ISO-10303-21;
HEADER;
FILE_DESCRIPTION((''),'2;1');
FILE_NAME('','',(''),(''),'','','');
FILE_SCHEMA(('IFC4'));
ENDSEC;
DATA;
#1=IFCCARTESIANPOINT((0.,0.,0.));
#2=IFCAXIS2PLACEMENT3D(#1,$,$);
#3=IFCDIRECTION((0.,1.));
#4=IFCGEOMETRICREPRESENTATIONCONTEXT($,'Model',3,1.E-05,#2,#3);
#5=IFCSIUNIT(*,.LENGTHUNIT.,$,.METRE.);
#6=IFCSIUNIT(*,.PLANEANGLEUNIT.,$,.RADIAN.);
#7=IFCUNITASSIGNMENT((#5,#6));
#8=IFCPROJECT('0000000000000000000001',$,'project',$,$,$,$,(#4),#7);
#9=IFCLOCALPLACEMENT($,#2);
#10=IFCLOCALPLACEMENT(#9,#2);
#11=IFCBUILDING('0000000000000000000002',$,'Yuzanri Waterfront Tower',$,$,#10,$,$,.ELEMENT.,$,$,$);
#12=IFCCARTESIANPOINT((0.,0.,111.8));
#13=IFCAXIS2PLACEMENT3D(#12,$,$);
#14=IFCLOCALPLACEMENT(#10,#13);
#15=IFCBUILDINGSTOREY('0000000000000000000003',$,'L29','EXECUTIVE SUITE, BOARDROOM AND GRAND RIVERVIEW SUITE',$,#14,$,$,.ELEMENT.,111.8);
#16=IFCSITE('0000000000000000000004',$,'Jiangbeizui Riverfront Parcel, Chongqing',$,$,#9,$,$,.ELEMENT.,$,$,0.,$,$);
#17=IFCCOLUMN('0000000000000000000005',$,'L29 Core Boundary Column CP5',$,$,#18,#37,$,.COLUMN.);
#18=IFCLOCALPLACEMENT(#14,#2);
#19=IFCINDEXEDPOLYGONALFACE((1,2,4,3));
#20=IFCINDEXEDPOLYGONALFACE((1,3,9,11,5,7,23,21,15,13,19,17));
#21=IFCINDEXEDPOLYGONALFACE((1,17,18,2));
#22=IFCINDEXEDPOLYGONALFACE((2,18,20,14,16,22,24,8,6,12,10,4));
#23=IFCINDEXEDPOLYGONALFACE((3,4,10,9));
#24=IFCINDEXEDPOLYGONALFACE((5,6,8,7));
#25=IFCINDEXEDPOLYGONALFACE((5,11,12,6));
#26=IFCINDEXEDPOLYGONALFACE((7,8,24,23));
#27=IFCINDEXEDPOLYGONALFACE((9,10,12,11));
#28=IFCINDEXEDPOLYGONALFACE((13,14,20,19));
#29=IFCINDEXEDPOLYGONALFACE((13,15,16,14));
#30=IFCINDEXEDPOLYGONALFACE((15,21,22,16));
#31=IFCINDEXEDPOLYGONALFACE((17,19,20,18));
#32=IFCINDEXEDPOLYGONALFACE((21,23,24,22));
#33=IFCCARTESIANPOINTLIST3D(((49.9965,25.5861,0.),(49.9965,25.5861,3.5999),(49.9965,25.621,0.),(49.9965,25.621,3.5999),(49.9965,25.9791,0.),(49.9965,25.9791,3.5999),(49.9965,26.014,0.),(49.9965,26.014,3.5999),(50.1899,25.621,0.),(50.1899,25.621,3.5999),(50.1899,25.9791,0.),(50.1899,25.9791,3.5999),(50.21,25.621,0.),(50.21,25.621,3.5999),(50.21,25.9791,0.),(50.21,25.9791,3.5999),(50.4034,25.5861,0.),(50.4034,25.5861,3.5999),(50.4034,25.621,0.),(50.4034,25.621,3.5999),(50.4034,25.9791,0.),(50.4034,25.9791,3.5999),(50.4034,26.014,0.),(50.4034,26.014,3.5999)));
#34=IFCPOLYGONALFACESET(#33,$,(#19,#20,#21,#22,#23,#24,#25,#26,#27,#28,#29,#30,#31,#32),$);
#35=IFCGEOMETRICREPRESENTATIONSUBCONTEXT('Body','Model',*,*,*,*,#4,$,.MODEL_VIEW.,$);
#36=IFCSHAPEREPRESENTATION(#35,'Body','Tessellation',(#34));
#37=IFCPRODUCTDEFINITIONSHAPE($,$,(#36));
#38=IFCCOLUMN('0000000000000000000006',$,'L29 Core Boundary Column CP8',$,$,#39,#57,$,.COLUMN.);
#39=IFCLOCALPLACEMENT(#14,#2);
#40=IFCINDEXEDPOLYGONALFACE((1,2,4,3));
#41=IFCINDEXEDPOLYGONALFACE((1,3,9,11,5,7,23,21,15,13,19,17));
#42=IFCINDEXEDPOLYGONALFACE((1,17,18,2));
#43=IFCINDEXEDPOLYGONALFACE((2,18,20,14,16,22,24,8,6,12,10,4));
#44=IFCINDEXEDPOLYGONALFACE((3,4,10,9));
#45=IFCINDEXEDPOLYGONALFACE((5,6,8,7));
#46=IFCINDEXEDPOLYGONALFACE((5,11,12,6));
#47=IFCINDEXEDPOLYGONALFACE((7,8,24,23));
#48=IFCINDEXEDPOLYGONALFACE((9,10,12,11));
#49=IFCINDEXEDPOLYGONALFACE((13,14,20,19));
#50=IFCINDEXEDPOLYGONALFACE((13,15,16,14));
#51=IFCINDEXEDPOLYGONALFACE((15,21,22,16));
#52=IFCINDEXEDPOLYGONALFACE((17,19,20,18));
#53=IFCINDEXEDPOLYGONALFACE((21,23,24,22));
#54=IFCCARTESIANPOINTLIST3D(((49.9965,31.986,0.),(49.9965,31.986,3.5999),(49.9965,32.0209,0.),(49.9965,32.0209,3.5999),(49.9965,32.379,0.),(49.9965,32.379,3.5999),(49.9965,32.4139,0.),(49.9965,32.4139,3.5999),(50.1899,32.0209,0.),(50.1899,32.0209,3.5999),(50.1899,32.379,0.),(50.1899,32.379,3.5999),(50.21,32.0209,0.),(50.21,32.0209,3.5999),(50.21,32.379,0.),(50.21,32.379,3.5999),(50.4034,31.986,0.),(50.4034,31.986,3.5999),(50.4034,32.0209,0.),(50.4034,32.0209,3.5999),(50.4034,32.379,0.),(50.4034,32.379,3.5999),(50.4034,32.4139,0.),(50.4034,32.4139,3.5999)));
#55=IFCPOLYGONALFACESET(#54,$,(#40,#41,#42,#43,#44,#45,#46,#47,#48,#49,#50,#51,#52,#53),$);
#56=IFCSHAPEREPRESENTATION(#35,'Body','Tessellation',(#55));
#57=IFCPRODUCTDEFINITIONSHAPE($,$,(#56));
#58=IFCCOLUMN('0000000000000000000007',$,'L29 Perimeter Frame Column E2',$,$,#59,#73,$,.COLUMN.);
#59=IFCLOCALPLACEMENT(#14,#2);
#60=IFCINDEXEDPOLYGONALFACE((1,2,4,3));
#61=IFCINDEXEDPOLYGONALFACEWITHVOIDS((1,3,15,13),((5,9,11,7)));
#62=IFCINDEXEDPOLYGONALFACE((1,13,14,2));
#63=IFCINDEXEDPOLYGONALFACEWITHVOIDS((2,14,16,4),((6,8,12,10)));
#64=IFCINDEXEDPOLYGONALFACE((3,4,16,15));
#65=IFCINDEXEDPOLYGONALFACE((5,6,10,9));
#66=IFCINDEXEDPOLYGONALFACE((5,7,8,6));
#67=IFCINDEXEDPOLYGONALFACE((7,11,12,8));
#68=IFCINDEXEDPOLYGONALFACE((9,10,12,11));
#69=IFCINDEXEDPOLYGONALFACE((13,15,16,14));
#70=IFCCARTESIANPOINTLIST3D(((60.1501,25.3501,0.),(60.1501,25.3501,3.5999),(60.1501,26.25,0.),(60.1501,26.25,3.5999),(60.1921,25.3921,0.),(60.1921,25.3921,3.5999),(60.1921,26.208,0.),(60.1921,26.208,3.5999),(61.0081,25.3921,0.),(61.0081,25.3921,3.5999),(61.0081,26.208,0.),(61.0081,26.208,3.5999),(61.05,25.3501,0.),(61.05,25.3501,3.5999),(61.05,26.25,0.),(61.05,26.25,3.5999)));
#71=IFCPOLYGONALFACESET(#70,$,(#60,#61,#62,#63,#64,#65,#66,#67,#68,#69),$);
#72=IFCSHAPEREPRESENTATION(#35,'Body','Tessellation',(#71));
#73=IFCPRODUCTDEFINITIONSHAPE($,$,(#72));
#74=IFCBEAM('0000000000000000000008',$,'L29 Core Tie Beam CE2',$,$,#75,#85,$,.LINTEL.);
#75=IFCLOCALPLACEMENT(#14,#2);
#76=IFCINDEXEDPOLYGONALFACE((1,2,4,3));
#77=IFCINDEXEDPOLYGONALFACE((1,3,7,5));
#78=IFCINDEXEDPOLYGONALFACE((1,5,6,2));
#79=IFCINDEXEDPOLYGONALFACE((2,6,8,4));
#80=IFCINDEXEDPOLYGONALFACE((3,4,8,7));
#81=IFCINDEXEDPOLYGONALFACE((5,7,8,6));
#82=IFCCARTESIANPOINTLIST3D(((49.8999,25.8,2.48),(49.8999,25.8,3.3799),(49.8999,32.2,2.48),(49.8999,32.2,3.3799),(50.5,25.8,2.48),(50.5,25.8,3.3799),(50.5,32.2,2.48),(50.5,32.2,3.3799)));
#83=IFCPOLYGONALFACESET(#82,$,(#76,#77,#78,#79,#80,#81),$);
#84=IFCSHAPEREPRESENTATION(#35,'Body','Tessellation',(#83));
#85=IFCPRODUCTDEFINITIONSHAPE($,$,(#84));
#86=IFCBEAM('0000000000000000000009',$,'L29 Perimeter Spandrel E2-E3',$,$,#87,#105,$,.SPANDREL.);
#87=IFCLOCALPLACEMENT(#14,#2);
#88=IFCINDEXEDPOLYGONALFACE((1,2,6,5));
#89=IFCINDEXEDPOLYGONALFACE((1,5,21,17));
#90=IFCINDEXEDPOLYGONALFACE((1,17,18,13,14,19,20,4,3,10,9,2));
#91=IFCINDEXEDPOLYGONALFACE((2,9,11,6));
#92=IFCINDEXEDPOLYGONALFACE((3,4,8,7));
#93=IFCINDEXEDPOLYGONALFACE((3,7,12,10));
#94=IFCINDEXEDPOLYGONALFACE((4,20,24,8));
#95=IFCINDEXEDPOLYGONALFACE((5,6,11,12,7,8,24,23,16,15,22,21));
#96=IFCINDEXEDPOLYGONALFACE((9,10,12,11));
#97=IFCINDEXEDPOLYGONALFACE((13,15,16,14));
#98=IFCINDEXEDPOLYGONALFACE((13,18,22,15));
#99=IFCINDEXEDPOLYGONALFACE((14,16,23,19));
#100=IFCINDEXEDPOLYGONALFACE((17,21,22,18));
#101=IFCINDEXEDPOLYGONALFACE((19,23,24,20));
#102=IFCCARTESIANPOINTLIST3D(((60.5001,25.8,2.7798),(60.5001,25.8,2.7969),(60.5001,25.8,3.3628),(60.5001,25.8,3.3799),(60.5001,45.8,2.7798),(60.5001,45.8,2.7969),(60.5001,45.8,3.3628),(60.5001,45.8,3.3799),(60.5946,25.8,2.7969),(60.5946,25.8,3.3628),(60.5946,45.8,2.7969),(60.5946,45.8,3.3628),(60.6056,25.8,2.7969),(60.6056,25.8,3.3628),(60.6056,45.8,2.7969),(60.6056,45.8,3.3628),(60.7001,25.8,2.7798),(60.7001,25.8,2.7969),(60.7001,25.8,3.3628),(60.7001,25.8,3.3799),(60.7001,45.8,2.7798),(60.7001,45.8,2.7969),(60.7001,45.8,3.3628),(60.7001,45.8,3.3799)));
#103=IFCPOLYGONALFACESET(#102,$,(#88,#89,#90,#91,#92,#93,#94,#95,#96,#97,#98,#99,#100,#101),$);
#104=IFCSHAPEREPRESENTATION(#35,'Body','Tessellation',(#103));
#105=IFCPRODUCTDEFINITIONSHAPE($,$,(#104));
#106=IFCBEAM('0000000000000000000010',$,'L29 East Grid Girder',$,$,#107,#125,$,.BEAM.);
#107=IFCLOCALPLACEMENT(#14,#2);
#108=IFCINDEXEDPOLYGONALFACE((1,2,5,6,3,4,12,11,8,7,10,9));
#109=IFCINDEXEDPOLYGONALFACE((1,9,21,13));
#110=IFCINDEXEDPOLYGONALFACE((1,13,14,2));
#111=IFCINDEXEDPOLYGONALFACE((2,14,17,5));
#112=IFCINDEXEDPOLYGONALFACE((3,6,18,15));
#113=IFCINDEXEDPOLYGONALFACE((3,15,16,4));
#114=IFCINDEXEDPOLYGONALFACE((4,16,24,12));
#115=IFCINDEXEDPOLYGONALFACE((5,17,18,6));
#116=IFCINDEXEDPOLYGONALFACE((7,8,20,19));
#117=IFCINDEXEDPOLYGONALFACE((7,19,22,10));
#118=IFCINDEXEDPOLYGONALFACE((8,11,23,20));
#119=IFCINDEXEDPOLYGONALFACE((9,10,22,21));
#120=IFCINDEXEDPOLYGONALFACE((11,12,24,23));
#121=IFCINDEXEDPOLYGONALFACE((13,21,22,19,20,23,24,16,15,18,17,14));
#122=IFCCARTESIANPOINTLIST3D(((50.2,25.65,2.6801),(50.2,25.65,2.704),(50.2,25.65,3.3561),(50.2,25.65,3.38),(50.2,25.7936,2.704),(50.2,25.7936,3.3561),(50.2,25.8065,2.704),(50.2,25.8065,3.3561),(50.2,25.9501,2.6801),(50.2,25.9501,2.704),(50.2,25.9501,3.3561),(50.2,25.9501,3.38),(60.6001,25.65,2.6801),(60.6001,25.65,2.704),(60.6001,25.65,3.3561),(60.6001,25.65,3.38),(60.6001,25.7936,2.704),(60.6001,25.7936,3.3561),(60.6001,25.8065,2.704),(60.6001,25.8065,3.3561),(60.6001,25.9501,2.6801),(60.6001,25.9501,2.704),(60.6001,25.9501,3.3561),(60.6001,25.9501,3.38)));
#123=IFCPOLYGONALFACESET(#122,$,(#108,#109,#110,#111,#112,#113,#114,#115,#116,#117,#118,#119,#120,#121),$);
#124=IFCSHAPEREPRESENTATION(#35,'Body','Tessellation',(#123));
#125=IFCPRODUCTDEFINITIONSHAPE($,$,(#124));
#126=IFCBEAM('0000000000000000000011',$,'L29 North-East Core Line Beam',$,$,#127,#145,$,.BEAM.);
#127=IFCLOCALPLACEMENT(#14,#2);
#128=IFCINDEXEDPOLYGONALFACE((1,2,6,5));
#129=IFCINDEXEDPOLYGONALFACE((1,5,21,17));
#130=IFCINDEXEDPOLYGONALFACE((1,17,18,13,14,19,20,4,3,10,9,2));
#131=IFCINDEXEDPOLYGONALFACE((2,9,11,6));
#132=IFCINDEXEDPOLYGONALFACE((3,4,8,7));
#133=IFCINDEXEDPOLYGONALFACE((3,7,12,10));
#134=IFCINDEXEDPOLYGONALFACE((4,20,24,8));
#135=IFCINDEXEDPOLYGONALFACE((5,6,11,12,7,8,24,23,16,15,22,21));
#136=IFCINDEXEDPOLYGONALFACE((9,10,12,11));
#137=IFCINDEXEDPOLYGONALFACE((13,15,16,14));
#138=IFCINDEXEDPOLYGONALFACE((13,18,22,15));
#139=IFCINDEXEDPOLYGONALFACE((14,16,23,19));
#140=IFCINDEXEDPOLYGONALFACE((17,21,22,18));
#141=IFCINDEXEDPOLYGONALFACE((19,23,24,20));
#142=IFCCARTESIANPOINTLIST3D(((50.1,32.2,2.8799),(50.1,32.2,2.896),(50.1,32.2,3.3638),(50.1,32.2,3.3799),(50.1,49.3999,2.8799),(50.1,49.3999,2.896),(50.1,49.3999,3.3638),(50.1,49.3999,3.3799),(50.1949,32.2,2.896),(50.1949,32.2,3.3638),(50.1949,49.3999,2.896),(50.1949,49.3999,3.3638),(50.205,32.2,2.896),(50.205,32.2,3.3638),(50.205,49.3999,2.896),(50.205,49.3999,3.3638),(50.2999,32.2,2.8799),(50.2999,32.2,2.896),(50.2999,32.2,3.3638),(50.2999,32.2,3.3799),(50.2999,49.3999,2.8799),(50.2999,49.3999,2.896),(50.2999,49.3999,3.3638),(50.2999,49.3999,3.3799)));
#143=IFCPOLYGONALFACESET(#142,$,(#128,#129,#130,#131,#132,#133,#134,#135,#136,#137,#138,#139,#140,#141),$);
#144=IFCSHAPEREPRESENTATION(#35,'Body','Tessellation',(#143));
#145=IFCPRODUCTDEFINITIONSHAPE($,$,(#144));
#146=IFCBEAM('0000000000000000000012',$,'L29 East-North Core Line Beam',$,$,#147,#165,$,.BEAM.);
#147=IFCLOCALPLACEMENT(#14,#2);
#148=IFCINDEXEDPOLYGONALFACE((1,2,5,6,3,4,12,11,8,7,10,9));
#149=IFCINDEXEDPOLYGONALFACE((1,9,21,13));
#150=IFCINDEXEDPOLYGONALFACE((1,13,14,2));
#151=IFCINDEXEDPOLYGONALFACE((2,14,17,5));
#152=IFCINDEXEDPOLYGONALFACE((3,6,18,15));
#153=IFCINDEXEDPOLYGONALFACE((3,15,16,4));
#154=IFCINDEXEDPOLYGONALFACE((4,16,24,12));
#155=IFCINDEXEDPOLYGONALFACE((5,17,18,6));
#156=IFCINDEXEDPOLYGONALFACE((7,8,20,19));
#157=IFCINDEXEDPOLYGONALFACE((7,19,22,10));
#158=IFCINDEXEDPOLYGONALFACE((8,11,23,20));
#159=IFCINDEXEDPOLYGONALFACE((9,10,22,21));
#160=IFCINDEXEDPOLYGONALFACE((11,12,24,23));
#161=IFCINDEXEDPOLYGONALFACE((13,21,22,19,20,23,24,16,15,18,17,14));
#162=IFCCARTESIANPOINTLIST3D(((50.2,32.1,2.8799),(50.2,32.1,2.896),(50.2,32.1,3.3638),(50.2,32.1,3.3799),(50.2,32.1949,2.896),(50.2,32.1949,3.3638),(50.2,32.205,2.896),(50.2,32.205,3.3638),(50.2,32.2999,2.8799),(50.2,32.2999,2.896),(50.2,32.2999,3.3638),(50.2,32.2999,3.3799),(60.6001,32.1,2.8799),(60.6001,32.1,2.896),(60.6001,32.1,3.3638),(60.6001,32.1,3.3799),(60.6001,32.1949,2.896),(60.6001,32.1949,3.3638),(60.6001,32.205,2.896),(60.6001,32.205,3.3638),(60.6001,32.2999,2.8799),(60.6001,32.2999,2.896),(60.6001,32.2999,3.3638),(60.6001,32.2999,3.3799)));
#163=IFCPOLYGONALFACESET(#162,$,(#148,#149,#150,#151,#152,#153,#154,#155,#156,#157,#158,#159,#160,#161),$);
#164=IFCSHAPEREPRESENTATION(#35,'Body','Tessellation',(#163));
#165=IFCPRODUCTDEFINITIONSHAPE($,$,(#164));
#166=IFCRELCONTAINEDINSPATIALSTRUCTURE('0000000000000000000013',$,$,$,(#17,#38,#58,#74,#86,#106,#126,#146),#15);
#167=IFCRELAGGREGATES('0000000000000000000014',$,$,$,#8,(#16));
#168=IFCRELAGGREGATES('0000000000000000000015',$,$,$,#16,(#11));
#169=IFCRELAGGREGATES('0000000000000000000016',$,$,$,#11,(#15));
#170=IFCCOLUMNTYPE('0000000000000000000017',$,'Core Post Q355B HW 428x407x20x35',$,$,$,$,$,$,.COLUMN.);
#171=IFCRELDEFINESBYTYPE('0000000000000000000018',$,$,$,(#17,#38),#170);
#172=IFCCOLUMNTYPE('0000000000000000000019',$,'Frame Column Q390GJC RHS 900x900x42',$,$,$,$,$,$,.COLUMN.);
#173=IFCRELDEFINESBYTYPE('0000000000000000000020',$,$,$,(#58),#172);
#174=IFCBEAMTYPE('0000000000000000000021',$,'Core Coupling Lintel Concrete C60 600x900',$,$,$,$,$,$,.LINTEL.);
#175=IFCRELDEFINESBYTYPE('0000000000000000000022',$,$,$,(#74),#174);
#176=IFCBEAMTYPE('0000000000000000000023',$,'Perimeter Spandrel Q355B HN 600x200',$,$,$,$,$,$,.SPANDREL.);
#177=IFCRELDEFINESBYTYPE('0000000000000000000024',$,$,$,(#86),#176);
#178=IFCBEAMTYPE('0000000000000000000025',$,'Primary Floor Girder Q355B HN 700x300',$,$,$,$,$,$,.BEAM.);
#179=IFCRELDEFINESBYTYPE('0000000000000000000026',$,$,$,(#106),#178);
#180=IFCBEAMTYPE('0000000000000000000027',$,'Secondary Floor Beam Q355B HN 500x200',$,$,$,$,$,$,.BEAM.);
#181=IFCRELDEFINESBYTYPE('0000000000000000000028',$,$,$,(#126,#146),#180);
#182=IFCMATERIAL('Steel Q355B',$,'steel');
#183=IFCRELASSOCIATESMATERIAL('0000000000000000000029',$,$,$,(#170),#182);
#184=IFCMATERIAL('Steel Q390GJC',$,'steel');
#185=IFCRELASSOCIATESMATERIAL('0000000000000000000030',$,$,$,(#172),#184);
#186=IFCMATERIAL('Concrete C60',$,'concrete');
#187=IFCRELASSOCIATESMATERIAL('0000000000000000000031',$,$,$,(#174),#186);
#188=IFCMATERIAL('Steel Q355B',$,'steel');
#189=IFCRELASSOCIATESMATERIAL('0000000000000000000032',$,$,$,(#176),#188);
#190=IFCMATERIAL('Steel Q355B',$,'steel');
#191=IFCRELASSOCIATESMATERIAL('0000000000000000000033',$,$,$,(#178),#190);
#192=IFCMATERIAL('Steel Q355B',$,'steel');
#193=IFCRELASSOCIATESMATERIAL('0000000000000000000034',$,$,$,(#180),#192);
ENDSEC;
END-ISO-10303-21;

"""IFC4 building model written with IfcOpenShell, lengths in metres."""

from ifc_helpers import new_model, si_unit, direction, frame, origin, origin_2d, place, context, subcontext, project, spatial, rectangle, hollow_rectangle, i_section, extrude, source, transform, mapped, material, material_profile, profile_set, type_object, element, save


model = new_model("IFC4")

# Units and contexts
model_context = context("Model", 3, precision=1e-05, world=origin(), true_north=direction((0.0, 1.0)))
body_context = subcontext(model_context, "Body", "Model", "MODEL_VIEW")
ifc_project = project(units=[si_unit("LENGTHUNIT", "METRE"), si_unit("PLANEANGLEUNIT", "RADIAN")], contexts=[model_context])

# Site, building, storey
site_placement = place(None, origin())
site = spatial("IfcSite", under=ifc_project, at=site_placement, Name="Jiangbeizui Riverfront Parcel, Chongqing", CompositionType="ELEMENT", RefElevation=0.0)
building_placement = place(site_placement, origin())
building = spatial("IfcBuilding", under=site, at=building_placement, Name="Yuzanri Waterfront Tower", CompositionType="ELEMENT")
storey_placement = place(building_placement, frame((0.0, 0.0, 111.8)))
storey = spatial("IfcBuildingStorey", under=building, at=storey_placement, Name="L29", Description="EXECUTIVE SUITE, BOARDROOM AND GRAND RIVERVIEW SUITE", CompositionType="ELEMENT", Elevation=111.8)

# Columns
ifc_material_1 = material(Name="Steel Q355B", Category="steel")
ifc_material_profile_1 = material_profile(ifc_material_1, i_section(OverallWidth=0.407, OverallDepth=0.428, WebThickness=0.02, FlangeThickness=0.0349, at=origin_2d()), Name="HW 428x407x20x35")
ifc_profile_set_1 = profile_set([ifc_material_profile_1], Name="Steel Q355B")
column_type_1 = type_object("IfcColumnType", Name="Core Post Q355B HW 428x407x20x35", PredefinedType="COLUMN", material=ifc_profile_set_1)
shared_shape_1 = source(origin(), body_context, "Body", "SweptSolid", [
    extrude(i_section(OverallWidth=0.407, OverallDepth=0.428, WebThickness=0.02, FlangeThickness=0.0349, at=origin_2d()), origin(), (0.0, 0.0, 1.0), 3.5999),
])
for number, where, z_axis, x_axis, name in (
    (1, (50.2, 25.8, 0.0), (0.0, 0.0, 1.0), (1.0, 0.0, 0.0), "L29 Core Boundary Column CP5"),
    (2, (50.2, 32.2, 0.0), (0.0, 0.0, 1.0), (1.0, 0.0, 0.0), "L29 Core Boundary Column CP8"),
):
    element("IfcColumn", number, at=place(storey_placement, frame(where, z_axis=z_axis, x_axis=x_axis)), inside=storey, type_object=column_type_1, Name=name, PredefinedType="COLUMN", context=body_context, shape_type="MappedRepresentation", body=[
        mapped(shared_shape_1, transform((0.0, 0.0, 0.0), scale=1.0)),
    ])
ifc_material_2 = material(Name="Steel Q390GJC", Category="steel")
ifc_material_profile_2 = material_profile(ifc_material_2, hollow_rectangle(XDim=0.8999, YDim=0.8999, WallThickness=0.042, at=origin_2d()), Name="RHS 900x900x42")
ifc_profile_set_2 = profile_set([ifc_material_profile_2], Name="Steel Q390GJC")
column_type_2 = type_object("IfcColumnType", Name="Frame Column Q390GJC RHS 900x900x42", PredefinedType="COLUMN", material=ifc_profile_set_2)
shared_shape_2 = source(origin(), body_context, "Body", "SweptSolid", [
    extrude(hollow_rectangle(XDim=0.8999, YDim=0.8999, WallThickness=0.042, at=origin_2d()), origin(), (0.0, 0.0, 1.0), 3.5999),
])
column_placement = place(storey_placement, frame((60.6001, 25.8, 0.0), z_axis=(0.0, 0.0, 1.0), x_axis=(1.0, 0.0, 0.0)))
element("IfcColumn", 3, at=column_placement, inside=storey, type_object=column_type_2, Name="L29 Perimeter Frame Column E2", PredefinedType="COLUMN", context=body_context, shape_type="MappedRepresentation", body=[
    mapped(shared_shape_2, transform((0.0, 0.0, 0.0), scale=1.0)),
])

# Beams
ifc_material_3 = material(Name="Concrete C60", Category="concrete")
ifc_material_profile_3 = material_profile(ifc_material_3, rectangle(XDim=0.6001, YDim=0.8999, at=origin_2d()), Name="RC 600x900")
ifc_profile_set_3 = profile_set([ifc_material_profile_3], Name="Concrete C60")
beam_type_1 = type_object("IfcBeamType", Name="Core Coupling Lintel Concrete C60 600x900", PredefinedType="LINTEL", material=ifc_profile_set_3)
shared_shape_3 = source(origin(), body_context, "Body", "SweptSolid", [
    extrude(rectangle(XDim=0.6001, YDim=0.8999, at=origin_2d()), origin(), (0.0, 0.0, 1.0), 6.3999),
])
beam_1_placement = place(storey_placement, frame((50.2, 25.8, 2.9299), z_axis=(0.0, 1.0, 0.0), x_axis=(-1.0, 0.0, 0.0)))
element("IfcBeam", 4, at=beam_1_placement, inside=storey, type_object=beam_type_1, Name="L29 Core Tie Beam CE2", PredefinedType="LINTEL", context=body_context, shape_type="MappedRepresentation", body=[
    mapped(shared_shape_3, transform((0.0, 0.0, 0.0), scale=1.0)),
])
ifc_material_4 = material(Name="Steel Q355B", Category="steel")
ifc_material_profile_4 = material_profile(ifc_material_4, i_section(OverallWidth=0.2, OverallDepth=0.6001, WebThickness=0.011, FlangeThickness=0.0171, at=origin_2d()), Name="HN 600x200x11x17")
ifc_profile_set_4 = profile_set([ifc_material_profile_4], Name="Steel Q355B")
beam_type_2 = type_object("IfcBeamType", Name="Perimeter Spandrel Q355B HN 600x200", PredefinedType="SPANDREL", material=ifc_profile_set_4)
shared_shape_4 = source(origin(), body_context, "Body", "SweptSolid", [
    extrude(i_section(OverallWidth=0.2, OverallDepth=0.6001, WebThickness=0.011, FlangeThickness=0.0171, at=origin_2d()), origin(), (0.0, 0.0, 1.0), 20.0),
])
beam_2_placement = place(storey_placement, frame((60.6001, 25.8, 3.0798), z_axis=(0.0, 1.0, 0.0), x_axis=(-1.0, 0.0, 0.0)))
element("IfcBeam", 5, at=beam_2_placement, inside=storey, type_object=beam_type_2, Name="L29 Perimeter Spandrel E2-E3", PredefinedType="SPANDREL", context=body_context, shape_type="MappedRepresentation", body=[
    mapped(shared_shape_4, transform((0.0, 0.0, 0.0), scale=1.0)),
])
ifc_material_5 = material(Name="Steel Q355B", Category="steel")
ifc_material_profile_5 = material_profile(ifc_material_5, i_section(OverallWidth=0.3, OverallDepth=0.7, WebThickness=0.0129, FlangeThickness=0.0239, at=origin_2d()), Name="HN 700x300x13x24")
ifc_profile_set_5 = profile_set([ifc_material_profile_5], Name="Steel Q355B")
beam_type_3 = type_object("IfcBeamType", Name="Primary Floor Girder Q355B HN 700x300", PredefinedType="BEAM", material=ifc_profile_set_5)
shared_shape_5 = source(origin(), body_context, "Body", "SweptSolid", [
    extrude(i_section(OverallWidth=0.3, OverallDepth=0.7, WebThickness=0.0129, FlangeThickness=0.0239, at=origin_2d()), origin(), (0.0, 0.0, 1.0), 10.4001),
])
beam_3_placement = place(storey_placement, frame((50.2, 25.8, 3.03), z_axis=(1.0, 0.0, 0.0), x_axis=(0.0, 1.0, 0.0)))
element("IfcBeam", 6, at=beam_3_placement, inside=storey, type_object=beam_type_3, Name="L29 East Grid Girder", PredefinedType="BEAM", context=body_context, shape_type="MappedRepresentation", body=[
    mapped(shared_shape_5, transform((0.0, 0.0, 0.0), scale=1.0)),
])
ifc_material_6 = material(Name="Steel Q355B", Category="steel")
ifc_material_profile_6 = material_profile(ifc_material_6, i_section(OverallWidth=0.2, OverallDepth=0.5, WebThickness=0.01, FlangeThickness=0.0161, at=origin_2d()), Name="HN 500x200x10x16")
ifc_profile_set_6 = profile_set([ifc_material_profile_6], Name="Steel Q355B")
beam_type_4 = type_object("IfcBeamType", Name="Secondary Floor Beam Q355B HN 500x200", PredefinedType="BEAM", material=ifc_profile_set_6)
shared_shape_6 = source(origin(), body_context, "Body", "SweptSolid", [
    extrude(i_section(OverallWidth=0.2, OverallDepth=0.5, WebThickness=0.01, FlangeThickness=0.0161, at=origin_2d()), origin(), (0.0, 0.0, 1.0), 17.2),
])
beam_4_placement = place(storey_placement, frame((50.2, 32.2, 3.1299), z_axis=(0.0, 1.0, 0.0), x_axis=(-1.0, 0.0, 0.0)))
element("IfcBeam", 7, at=beam_4_placement, inside=storey, type_object=beam_type_4, Name="L29 North-East Core Line Beam", PredefinedType="BEAM", context=body_context, shape_type="MappedRepresentation", body=[
    mapped(shared_shape_6, transform((0.0, 0.0, 0.0), scale=1.0)),
])
shared_shape_7 = source(origin(), body_context, "Body", "SweptSolid", [
    extrude(i_section(OverallWidth=0.2, OverallDepth=0.5, WebThickness=0.01, FlangeThickness=0.0161, at=origin_2d()), origin(), (0.0, 0.0, 1.0), 10.4001),
])
beam_5_placement = place(storey_placement, frame((50.2, 32.2, 3.1299), z_axis=(1.0, 0.0, 0.0), x_axis=(0.0, 1.0, 0.0)))
element("IfcBeam", 8, at=beam_5_placement, inside=storey, type_object=beam_type_4, Name="L29 East-North Core Line Beam", PredefinedType="BEAM", context=body_context, shape_type="MappedRepresentation", body=[
    mapped(shared_shape_7, transform((0.0, 0.0, 0.0), scale=1.0)),
])

save(model, "model.ifc")
